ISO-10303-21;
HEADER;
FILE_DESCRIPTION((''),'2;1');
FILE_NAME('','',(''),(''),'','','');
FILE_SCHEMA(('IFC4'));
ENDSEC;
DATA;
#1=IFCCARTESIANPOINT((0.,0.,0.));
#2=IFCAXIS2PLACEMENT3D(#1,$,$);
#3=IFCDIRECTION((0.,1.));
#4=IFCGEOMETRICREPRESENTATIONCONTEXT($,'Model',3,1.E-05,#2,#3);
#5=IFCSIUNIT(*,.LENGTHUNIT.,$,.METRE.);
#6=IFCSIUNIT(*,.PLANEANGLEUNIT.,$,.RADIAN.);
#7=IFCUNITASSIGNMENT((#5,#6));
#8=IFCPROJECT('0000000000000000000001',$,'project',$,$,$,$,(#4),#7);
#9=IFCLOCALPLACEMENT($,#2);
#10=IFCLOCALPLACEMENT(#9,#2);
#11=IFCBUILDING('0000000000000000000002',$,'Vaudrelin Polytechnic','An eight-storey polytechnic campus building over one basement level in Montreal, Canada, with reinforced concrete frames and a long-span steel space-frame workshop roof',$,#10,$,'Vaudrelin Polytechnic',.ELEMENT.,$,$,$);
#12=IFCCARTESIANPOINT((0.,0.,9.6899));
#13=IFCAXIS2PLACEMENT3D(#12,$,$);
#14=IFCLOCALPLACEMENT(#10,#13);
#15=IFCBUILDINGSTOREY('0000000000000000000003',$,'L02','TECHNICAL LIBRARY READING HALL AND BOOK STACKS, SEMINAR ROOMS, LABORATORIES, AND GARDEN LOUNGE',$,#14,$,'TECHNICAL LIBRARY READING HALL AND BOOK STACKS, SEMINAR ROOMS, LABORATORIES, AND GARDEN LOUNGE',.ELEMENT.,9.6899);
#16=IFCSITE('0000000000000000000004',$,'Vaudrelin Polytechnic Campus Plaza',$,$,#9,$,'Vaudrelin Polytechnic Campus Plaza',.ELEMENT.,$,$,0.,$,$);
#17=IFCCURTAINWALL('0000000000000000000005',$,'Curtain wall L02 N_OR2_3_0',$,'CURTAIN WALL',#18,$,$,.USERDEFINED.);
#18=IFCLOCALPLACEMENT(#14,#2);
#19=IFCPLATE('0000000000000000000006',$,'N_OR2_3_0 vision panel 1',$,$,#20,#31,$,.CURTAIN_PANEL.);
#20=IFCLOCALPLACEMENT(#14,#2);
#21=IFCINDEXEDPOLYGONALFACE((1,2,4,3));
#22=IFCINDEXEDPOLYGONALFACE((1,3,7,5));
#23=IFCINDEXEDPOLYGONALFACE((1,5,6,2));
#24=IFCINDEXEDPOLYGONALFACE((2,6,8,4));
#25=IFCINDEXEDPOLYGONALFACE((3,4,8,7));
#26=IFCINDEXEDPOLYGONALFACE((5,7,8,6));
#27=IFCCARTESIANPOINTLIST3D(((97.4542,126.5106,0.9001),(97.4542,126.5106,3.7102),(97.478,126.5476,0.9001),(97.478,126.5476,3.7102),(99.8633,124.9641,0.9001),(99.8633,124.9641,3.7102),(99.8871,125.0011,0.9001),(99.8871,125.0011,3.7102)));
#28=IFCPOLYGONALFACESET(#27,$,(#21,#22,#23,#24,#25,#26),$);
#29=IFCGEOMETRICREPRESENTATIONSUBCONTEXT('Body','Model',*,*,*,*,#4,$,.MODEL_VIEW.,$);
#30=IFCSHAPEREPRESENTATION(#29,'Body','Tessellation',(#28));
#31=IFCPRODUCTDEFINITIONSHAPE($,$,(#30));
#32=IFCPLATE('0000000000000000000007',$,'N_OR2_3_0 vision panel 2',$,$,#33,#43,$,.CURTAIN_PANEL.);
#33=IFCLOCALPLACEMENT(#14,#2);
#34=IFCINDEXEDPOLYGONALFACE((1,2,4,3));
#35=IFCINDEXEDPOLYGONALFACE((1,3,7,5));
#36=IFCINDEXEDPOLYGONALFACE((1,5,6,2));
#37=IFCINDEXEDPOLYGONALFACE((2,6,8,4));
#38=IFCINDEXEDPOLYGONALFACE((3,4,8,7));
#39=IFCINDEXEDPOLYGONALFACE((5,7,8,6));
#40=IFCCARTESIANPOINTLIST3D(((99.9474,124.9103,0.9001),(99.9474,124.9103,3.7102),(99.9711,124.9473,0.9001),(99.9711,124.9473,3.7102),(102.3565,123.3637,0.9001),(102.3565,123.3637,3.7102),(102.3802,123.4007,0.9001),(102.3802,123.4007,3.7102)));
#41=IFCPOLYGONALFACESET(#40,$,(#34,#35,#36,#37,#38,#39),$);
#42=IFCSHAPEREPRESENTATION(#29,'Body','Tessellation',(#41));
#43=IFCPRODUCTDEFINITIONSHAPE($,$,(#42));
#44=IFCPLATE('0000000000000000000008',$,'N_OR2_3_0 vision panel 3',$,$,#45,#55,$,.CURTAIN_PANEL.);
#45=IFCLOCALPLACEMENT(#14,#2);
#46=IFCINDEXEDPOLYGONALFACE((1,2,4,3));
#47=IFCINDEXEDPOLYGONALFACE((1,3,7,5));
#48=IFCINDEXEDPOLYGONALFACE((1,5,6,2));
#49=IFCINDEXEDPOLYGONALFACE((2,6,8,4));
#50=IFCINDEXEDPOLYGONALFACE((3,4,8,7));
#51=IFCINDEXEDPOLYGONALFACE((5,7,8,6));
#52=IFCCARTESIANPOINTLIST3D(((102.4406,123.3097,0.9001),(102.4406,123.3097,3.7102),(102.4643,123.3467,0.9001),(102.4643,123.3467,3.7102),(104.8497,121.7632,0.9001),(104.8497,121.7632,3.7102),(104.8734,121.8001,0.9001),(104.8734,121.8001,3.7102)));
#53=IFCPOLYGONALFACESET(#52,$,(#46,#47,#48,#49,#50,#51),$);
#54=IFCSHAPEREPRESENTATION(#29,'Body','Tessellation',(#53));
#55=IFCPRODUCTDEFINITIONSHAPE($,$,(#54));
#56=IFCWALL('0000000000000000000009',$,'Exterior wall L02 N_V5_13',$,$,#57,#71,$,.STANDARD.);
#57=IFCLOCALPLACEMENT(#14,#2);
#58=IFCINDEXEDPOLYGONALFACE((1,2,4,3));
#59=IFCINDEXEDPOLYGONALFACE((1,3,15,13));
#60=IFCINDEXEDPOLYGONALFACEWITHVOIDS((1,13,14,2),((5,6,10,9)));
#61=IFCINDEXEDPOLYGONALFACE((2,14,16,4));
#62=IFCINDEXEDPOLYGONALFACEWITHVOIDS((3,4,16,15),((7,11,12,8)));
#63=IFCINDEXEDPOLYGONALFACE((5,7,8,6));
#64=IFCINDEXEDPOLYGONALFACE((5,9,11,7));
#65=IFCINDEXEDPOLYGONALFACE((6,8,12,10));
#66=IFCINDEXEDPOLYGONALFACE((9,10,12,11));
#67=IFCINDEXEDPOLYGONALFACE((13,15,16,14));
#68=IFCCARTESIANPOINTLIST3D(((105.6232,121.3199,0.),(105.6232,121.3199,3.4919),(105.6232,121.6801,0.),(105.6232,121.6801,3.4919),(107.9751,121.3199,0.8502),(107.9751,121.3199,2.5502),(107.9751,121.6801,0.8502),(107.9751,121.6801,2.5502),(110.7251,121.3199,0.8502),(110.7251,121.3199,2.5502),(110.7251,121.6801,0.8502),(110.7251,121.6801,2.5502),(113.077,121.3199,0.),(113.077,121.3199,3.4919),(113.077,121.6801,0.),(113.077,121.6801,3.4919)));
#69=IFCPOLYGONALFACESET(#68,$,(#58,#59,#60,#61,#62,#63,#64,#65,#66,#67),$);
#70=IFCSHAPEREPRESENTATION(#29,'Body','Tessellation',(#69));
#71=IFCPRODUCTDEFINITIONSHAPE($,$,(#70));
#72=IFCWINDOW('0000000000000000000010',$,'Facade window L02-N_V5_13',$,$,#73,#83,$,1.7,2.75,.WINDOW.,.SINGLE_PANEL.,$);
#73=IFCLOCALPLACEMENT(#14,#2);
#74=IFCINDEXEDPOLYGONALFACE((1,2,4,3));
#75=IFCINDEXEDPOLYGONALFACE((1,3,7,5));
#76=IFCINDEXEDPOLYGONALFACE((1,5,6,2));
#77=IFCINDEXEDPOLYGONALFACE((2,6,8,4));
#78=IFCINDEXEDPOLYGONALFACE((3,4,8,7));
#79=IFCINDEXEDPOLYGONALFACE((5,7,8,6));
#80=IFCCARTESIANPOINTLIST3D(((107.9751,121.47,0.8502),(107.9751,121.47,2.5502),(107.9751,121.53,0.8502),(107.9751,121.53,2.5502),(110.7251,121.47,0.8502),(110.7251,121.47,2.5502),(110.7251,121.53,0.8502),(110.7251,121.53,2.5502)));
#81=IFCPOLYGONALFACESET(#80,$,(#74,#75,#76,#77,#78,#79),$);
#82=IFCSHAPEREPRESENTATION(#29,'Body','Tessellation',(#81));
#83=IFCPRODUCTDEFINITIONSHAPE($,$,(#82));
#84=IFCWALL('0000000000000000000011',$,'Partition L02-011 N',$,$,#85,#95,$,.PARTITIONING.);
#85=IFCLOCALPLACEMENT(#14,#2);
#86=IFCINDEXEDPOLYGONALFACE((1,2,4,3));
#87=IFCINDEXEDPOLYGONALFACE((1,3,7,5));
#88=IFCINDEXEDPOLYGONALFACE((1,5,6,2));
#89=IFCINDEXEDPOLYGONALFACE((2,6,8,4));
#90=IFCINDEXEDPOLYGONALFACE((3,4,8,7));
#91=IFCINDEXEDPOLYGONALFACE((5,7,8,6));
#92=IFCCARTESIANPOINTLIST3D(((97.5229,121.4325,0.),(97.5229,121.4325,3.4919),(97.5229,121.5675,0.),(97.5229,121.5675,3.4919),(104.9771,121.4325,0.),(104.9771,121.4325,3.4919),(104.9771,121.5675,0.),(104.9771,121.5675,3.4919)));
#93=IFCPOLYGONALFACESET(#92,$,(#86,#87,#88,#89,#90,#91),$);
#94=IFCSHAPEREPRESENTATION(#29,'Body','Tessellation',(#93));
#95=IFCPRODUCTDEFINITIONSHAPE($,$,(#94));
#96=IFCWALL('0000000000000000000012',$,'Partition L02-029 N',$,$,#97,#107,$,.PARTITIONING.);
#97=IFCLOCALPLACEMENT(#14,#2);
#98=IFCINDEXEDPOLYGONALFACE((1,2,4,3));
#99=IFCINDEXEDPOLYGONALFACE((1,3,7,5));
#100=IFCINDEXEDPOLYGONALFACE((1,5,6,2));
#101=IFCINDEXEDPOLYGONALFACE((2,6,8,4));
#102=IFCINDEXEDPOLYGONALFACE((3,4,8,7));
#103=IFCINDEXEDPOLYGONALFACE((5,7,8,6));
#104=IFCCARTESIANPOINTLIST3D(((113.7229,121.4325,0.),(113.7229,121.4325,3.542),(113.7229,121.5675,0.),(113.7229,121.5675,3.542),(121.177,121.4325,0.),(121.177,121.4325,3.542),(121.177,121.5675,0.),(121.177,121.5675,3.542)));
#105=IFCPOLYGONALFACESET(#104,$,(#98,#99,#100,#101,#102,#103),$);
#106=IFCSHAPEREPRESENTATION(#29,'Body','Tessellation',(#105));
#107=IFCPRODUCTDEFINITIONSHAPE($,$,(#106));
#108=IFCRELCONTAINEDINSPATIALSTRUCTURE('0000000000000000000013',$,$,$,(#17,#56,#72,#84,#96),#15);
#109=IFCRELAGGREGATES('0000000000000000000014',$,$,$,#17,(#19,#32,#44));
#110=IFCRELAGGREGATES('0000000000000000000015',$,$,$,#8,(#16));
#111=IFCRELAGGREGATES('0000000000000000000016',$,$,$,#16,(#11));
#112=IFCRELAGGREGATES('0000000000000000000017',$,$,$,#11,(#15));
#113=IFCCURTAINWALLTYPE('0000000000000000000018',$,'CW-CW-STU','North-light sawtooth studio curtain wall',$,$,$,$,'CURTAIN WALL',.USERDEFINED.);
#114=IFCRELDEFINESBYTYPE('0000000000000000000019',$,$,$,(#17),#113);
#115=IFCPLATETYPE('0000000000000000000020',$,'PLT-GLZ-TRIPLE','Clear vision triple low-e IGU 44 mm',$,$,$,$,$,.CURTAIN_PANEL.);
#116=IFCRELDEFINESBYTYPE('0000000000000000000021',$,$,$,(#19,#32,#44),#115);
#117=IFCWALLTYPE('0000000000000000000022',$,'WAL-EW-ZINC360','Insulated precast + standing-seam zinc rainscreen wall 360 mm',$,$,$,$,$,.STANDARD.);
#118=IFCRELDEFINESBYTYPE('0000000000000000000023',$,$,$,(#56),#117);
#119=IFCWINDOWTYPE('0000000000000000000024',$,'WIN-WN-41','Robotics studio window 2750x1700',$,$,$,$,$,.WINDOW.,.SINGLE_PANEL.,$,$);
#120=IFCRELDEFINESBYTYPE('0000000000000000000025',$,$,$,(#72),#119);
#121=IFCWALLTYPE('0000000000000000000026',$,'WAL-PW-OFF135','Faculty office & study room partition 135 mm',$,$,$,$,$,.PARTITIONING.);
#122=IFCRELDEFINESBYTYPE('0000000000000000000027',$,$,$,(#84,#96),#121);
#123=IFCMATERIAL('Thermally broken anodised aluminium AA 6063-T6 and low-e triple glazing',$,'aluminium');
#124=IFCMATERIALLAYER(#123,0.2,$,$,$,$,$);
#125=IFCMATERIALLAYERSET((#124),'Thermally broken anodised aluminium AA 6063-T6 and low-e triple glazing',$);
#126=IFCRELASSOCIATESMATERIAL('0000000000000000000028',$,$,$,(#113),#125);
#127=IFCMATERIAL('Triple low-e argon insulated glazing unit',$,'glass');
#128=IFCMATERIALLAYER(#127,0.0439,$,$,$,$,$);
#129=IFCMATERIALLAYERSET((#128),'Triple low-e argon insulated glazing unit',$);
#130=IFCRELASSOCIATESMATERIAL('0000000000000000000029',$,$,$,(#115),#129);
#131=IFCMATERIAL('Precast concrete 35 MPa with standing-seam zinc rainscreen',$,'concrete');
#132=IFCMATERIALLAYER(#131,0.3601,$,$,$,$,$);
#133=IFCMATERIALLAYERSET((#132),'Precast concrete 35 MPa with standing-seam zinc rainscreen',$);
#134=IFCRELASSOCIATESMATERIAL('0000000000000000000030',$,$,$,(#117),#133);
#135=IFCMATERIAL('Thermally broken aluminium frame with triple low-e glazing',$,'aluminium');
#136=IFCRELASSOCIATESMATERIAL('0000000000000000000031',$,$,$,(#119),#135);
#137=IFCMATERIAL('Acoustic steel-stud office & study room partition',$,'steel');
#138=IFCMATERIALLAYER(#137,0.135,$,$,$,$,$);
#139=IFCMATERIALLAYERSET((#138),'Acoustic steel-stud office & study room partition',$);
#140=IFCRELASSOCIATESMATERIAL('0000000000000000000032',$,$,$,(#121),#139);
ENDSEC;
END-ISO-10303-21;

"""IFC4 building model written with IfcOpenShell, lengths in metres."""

from ifc_helpers import new_model, si_unit, direction, frame, frame_2d, origin, origin_2d, place, context, subcontext, project, spatial, rectangle, extrude, material, layer, layer_set, type_object, element, fill, aggregate, save


model = new_model("IFC4")

# Units and contexts
model_context = context("Model", 3, precision=1e-05, world=origin(), true_north=direction((0.0, 1.0)))
body_context = subcontext(model_context, "Body", "Model", "MODEL_VIEW")
ifc_project = project(units=[si_unit("LENGTHUNIT", "METRE"), si_unit("PLANEANGLEUNIT", "RADIAN")], contexts=[model_context])

# Site, building, storey
site_placement = place(None, origin())
site = spatial("IfcSite", under=ifc_project, at=site_placement, Name="Vaudrelin Polytechnic Campus Plaza", LongName="Vaudrelin Polytechnic Campus Plaza", CompositionType="ELEMENT", RefElevation=0.0)
building_placement = place(site_placement, origin())
building = spatial("IfcBuilding", under=site, at=building_placement, Name="Vaudrelin Polytechnic", Description="An eight-storey polytechnic campus building over one basement level in Montreal, Canada, with reinforced concrete frames and a long-span steel space-frame workshop roof", LongName="Vaudrelin Polytechnic", CompositionType="ELEMENT")
storey_placement = place(building_placement, frame((0.0, 0.0, 9.6899)))
storey = spatial("IfcBuildingStorey", under=building, at=storey_placement, Name="L02", Description="TECHNICAL LIBRARY READING HALL AND BOOK STACKS, SEMINAR ROOMS, LABORATORIES, AND GARDEN LOUNGE", LongName="TECHNICAL LIBRARY READING HALL AND BOOK STACKS, SEMINAR ROOMS, LABORATORIES, AND GARDEN LOUNGE", CompositionType="ELEMENT", Elevation=9.6899)

# Curtain wall
ifc_material_1 = material(Name="Thermally broken anodised aluminium AA 6063-T6 and low-e triple glazing", Category="aluminium")
ifc_layer_1 = layer(ifc_material_1, 0.2)
ifc_layer_set_1 = layer_set([ifc_layer_1], Name="Thermally broken anodised aluminium AA 6063-T6 and low-e triple glazing")
curtain_wall_type = type_object("IfcCurtainWallType", Name="CW-CW-STU", Description="North-light sawtooth studio curtain wall", ElementType="CURTAIN WALL", PredefinedType="USERDEFINED", material=ifc_layer_set_1)
curtain_wall_1_placement = place(storey_placement, origin())
curtain_wall_1 = element("IfcCurtainWall", 1, at=curtain_wall_1_placement, inside=storey, type_object=curtain_wall_type, Name="Curtain wall L02 N_OR2_3_0", ObjectType="CURTAIN WALL", PredefinedType="USERDEFINED")

# Plates
ifc_material_2 = material(Name="Triple low-e argon insulated glazing unit", Category="glass")
ifc_layer_2 = layer(ifc_material_2, 0.0439)
ifc_layer_set_2 = layer_set([ifc_layer_2], Name="Triple low-e argon insulated glazing unit")
plate_type_1 = type_object("IfcPlateType", Name="PLT-GLZ-TRIPLE", Description="Clear vision triple low-e IGU 44 mm", PredefinedType="CURTAIN_PANEL", material=ifc_layer_set_2)
plate_1_placement = place(storey_placement, frame((98.6707, 125.7559, 0.9001), z_axis=(0.0, 0.0, 1.0), x_axis=(0.841519, -0.540228, 0.0)))
plate_1 = element("IfcPlate", 2, at=plate_1_placement, type_object=plate_type_1, Name="N_OR2_3_0 vision panel 1", PredefinedType="CURTAIN_PANEL", context=body_context, shape_type="SweptSolid", body=[
    extrude(rectangle(XDim=2.8628, YDim=0.0439, at=origin_2d()), origin(), (0.0, 0.0, 1.0), 2.8101),
])
plate_2_placement = place(storey_placement, frame((101.1638, 124.1555, 0.9001), z_axis=(0.0, 0.0, 1.0), x_axis=(0.841519, -0.540228, 0.0)))
plate_2 = element("IfcPlate", 3, at=plate_2_placement, type_object=plate_type_1, Name="N_OR2_3_0 vision panel 2", PredefinedType="CURTAIN_PANEL", context=body_context, shape_type="SweptSolid", body=[
    extrude(rectangle(XDim=2.8628, YDim=0.0439, at=origin_2d()), origin(), (0.0, 0.0, 1.0), 2.8101),
])
plate_3_placement = place(storey_placement, frame((103.657, 122.5549, 0.9001), z_axis=(0.0, 0.0, 1.0), x_axis=(0.841519, -0.540228, 0.0)))
plate_3 = element("IfcPlate", 4, at=plate_3_placement, type_object=plate_type_1, Name="N_OR2_3_0 vision panel 3", PredefinedType="CURTAIN_PANEL", context=body_context, shape_type="SweptSolid", body=[
    extrude(rectangle(XDim=2.8628, YDim=0.0439, at=origin_2d()), origin(), (0.0, 0.0, 1.0), 2.8101),
])
aggregate(curtain_wall_1, [plate_1, plate_2, plate_3])

# Wall, opening, window
ifc_material_3 = material(Name="Precast concrete 35 MPa with standing-seam zinc rainscreen", Category="concrete")
ifc_layer_3 = layer(ifc_material_3, 0.3601)
ifc_layer_set_3 = layer_set([ifc_layer_3], Name="Precast concrete 35 MPa with standing-seam zinc rainscreen")
wall_type_1 = type_object("IfcWallType", Name="WAL-EW-ZINC360", Description="Insulated precast + standing-seam zinc rainscreen wall 360 mm", PredefinedType="STANDARD", material=ifc_layer_set_3)
wall_1_placement = place(storey_placement, frame((105.623, 121.5, 0.0), z_axis=(0.0, 0.0, 1.0), x_axis=(1.0, 0.0, 0.0)))
wall_1 = element("IfcWall", 5, at=wall_1_placement, inside=storey, type_object=wall_type_1, Name="Exterior wall L02 N_V5_13", PredefinedType="STANDARD", context=body_context, shape_type="SweptSolid", body=[
    extrude(rectangle(XDim=7.4539, YDim=0.3601, at=frame_2d((3.7271, 0.0))), origin(), (0.0, 0.0, 1.0), 3.4919),
])
opening_placement = place(wall_1_placement, frame((2.3521, 0.0, 0.8501)))
opening = element("IfcOpeningElement", 6, at=opening_placement, cuts=wall_1, PredefinedType="OPENING", context=body_context, shape_type="SweptSolid", body=[
    extrude(rectangle(XDim=2.75, YDim=1.7, at=frame_2d((1.375, 0.8501))), frame((0.0, 0.1899, 0.0), z_axis=(0.0, -1.0, 0.0), x_axis=(1.0, 0.0, 0.0)), (0.0, 0.0, 1.0), 0.3801),
])
ifc_material_4 = material(Name="Thermally broken aluminium frame with triple low-e glazing", Category="aluminium")
window_type = type_object("IfcWindowType", Name="WIN-WN-41", Description="Robotics studio window 2750x1700", PartitioningType="SINGLE_PANEL", PredefinedType="WINDOW", material=ifc_material_4)
window_placement = place(opening_placement, origin())
window = element("IfcWindow", 7, at=window_placement, inside=storey, type_object=window_type, Name="Facade window L02-N_V5_13", OverallHeight=1.7, OverallWidth=2.75, PartitioningType="SINGLE_PANEL", PredefinedType="WINDOW", context=body_context, shape_type="SweptSolid", body=[
    extrude(rectangle(XDim=2.75, YDim=1.7, at=frame_2d((1.375, 0.8501))), frame((0.0, 0.03, 0.0), z_axis=(0.0, -1.0, 0.0), x_axis=(1.0, 0.0, 0.0)), (0.0, 0.0, 1.0), 0.0601),
])
fill(opening, window)

# Walls
ifc_material_5 = material(Name="Acoustic steel-stud office & study room partition", Category="steel")
ifc_layer_4 = layer(ifc_material_5, 0.135)
ifc_layer_set_4 = layer_set([ifc_layer_4], Name="Acoustic steel-stud office & study room partition")
wall_type_2 = type_object("IfcWallType", Name="WAL-PW-OFF135", Description="Faculty office & study room partition 135 mm", PredefinedType="PARTITIONING", material=ifc_layer_set_4)
wall_2_placement = place(storey_placement, frame((97.5229, 121.5, 0.0), z_axis=(0.0, 0.0, 1.0), x_axis=(1.0, 0.0, 0.0)))
element("IfcWall", 8, at=wall_2_placement, inside=storey, type_object=wall_type_2, Name="Partition L02-011 N", PredefinedType="PARTITIONING", context=body_context, shape_type="SweptSolid", body=[
    extrude(rectangle(XDim=7.4541, YDim=0.135, at=frame_2d((3.7271, 0.0))), origin(), (0.0, 0.0, 1.0), 3.4919),
])
wall_3_placement = place(storey_placement, frame((113.7229, 121.5, 0.0), z_axis=(0.0, 0.0, 1.0), x_axis=(1.0, 0.0, 0.0)))
element("IfcWall", 9, at=wall_3_placement, inside=storey, type_object=wall_type_2, Name="Partition L02-029 N", PredefinedType="PARTITIONING", context=body_context, shape_type="SweptSolid", body=[
    extrude(rectangle(XDim=7.4541, YDim=0.135, at=frame_2d((3.7271, 0.0))), origin(), (0.0, 0.0, 1.0), 3.542),
])

save(model, "model.ifc")
